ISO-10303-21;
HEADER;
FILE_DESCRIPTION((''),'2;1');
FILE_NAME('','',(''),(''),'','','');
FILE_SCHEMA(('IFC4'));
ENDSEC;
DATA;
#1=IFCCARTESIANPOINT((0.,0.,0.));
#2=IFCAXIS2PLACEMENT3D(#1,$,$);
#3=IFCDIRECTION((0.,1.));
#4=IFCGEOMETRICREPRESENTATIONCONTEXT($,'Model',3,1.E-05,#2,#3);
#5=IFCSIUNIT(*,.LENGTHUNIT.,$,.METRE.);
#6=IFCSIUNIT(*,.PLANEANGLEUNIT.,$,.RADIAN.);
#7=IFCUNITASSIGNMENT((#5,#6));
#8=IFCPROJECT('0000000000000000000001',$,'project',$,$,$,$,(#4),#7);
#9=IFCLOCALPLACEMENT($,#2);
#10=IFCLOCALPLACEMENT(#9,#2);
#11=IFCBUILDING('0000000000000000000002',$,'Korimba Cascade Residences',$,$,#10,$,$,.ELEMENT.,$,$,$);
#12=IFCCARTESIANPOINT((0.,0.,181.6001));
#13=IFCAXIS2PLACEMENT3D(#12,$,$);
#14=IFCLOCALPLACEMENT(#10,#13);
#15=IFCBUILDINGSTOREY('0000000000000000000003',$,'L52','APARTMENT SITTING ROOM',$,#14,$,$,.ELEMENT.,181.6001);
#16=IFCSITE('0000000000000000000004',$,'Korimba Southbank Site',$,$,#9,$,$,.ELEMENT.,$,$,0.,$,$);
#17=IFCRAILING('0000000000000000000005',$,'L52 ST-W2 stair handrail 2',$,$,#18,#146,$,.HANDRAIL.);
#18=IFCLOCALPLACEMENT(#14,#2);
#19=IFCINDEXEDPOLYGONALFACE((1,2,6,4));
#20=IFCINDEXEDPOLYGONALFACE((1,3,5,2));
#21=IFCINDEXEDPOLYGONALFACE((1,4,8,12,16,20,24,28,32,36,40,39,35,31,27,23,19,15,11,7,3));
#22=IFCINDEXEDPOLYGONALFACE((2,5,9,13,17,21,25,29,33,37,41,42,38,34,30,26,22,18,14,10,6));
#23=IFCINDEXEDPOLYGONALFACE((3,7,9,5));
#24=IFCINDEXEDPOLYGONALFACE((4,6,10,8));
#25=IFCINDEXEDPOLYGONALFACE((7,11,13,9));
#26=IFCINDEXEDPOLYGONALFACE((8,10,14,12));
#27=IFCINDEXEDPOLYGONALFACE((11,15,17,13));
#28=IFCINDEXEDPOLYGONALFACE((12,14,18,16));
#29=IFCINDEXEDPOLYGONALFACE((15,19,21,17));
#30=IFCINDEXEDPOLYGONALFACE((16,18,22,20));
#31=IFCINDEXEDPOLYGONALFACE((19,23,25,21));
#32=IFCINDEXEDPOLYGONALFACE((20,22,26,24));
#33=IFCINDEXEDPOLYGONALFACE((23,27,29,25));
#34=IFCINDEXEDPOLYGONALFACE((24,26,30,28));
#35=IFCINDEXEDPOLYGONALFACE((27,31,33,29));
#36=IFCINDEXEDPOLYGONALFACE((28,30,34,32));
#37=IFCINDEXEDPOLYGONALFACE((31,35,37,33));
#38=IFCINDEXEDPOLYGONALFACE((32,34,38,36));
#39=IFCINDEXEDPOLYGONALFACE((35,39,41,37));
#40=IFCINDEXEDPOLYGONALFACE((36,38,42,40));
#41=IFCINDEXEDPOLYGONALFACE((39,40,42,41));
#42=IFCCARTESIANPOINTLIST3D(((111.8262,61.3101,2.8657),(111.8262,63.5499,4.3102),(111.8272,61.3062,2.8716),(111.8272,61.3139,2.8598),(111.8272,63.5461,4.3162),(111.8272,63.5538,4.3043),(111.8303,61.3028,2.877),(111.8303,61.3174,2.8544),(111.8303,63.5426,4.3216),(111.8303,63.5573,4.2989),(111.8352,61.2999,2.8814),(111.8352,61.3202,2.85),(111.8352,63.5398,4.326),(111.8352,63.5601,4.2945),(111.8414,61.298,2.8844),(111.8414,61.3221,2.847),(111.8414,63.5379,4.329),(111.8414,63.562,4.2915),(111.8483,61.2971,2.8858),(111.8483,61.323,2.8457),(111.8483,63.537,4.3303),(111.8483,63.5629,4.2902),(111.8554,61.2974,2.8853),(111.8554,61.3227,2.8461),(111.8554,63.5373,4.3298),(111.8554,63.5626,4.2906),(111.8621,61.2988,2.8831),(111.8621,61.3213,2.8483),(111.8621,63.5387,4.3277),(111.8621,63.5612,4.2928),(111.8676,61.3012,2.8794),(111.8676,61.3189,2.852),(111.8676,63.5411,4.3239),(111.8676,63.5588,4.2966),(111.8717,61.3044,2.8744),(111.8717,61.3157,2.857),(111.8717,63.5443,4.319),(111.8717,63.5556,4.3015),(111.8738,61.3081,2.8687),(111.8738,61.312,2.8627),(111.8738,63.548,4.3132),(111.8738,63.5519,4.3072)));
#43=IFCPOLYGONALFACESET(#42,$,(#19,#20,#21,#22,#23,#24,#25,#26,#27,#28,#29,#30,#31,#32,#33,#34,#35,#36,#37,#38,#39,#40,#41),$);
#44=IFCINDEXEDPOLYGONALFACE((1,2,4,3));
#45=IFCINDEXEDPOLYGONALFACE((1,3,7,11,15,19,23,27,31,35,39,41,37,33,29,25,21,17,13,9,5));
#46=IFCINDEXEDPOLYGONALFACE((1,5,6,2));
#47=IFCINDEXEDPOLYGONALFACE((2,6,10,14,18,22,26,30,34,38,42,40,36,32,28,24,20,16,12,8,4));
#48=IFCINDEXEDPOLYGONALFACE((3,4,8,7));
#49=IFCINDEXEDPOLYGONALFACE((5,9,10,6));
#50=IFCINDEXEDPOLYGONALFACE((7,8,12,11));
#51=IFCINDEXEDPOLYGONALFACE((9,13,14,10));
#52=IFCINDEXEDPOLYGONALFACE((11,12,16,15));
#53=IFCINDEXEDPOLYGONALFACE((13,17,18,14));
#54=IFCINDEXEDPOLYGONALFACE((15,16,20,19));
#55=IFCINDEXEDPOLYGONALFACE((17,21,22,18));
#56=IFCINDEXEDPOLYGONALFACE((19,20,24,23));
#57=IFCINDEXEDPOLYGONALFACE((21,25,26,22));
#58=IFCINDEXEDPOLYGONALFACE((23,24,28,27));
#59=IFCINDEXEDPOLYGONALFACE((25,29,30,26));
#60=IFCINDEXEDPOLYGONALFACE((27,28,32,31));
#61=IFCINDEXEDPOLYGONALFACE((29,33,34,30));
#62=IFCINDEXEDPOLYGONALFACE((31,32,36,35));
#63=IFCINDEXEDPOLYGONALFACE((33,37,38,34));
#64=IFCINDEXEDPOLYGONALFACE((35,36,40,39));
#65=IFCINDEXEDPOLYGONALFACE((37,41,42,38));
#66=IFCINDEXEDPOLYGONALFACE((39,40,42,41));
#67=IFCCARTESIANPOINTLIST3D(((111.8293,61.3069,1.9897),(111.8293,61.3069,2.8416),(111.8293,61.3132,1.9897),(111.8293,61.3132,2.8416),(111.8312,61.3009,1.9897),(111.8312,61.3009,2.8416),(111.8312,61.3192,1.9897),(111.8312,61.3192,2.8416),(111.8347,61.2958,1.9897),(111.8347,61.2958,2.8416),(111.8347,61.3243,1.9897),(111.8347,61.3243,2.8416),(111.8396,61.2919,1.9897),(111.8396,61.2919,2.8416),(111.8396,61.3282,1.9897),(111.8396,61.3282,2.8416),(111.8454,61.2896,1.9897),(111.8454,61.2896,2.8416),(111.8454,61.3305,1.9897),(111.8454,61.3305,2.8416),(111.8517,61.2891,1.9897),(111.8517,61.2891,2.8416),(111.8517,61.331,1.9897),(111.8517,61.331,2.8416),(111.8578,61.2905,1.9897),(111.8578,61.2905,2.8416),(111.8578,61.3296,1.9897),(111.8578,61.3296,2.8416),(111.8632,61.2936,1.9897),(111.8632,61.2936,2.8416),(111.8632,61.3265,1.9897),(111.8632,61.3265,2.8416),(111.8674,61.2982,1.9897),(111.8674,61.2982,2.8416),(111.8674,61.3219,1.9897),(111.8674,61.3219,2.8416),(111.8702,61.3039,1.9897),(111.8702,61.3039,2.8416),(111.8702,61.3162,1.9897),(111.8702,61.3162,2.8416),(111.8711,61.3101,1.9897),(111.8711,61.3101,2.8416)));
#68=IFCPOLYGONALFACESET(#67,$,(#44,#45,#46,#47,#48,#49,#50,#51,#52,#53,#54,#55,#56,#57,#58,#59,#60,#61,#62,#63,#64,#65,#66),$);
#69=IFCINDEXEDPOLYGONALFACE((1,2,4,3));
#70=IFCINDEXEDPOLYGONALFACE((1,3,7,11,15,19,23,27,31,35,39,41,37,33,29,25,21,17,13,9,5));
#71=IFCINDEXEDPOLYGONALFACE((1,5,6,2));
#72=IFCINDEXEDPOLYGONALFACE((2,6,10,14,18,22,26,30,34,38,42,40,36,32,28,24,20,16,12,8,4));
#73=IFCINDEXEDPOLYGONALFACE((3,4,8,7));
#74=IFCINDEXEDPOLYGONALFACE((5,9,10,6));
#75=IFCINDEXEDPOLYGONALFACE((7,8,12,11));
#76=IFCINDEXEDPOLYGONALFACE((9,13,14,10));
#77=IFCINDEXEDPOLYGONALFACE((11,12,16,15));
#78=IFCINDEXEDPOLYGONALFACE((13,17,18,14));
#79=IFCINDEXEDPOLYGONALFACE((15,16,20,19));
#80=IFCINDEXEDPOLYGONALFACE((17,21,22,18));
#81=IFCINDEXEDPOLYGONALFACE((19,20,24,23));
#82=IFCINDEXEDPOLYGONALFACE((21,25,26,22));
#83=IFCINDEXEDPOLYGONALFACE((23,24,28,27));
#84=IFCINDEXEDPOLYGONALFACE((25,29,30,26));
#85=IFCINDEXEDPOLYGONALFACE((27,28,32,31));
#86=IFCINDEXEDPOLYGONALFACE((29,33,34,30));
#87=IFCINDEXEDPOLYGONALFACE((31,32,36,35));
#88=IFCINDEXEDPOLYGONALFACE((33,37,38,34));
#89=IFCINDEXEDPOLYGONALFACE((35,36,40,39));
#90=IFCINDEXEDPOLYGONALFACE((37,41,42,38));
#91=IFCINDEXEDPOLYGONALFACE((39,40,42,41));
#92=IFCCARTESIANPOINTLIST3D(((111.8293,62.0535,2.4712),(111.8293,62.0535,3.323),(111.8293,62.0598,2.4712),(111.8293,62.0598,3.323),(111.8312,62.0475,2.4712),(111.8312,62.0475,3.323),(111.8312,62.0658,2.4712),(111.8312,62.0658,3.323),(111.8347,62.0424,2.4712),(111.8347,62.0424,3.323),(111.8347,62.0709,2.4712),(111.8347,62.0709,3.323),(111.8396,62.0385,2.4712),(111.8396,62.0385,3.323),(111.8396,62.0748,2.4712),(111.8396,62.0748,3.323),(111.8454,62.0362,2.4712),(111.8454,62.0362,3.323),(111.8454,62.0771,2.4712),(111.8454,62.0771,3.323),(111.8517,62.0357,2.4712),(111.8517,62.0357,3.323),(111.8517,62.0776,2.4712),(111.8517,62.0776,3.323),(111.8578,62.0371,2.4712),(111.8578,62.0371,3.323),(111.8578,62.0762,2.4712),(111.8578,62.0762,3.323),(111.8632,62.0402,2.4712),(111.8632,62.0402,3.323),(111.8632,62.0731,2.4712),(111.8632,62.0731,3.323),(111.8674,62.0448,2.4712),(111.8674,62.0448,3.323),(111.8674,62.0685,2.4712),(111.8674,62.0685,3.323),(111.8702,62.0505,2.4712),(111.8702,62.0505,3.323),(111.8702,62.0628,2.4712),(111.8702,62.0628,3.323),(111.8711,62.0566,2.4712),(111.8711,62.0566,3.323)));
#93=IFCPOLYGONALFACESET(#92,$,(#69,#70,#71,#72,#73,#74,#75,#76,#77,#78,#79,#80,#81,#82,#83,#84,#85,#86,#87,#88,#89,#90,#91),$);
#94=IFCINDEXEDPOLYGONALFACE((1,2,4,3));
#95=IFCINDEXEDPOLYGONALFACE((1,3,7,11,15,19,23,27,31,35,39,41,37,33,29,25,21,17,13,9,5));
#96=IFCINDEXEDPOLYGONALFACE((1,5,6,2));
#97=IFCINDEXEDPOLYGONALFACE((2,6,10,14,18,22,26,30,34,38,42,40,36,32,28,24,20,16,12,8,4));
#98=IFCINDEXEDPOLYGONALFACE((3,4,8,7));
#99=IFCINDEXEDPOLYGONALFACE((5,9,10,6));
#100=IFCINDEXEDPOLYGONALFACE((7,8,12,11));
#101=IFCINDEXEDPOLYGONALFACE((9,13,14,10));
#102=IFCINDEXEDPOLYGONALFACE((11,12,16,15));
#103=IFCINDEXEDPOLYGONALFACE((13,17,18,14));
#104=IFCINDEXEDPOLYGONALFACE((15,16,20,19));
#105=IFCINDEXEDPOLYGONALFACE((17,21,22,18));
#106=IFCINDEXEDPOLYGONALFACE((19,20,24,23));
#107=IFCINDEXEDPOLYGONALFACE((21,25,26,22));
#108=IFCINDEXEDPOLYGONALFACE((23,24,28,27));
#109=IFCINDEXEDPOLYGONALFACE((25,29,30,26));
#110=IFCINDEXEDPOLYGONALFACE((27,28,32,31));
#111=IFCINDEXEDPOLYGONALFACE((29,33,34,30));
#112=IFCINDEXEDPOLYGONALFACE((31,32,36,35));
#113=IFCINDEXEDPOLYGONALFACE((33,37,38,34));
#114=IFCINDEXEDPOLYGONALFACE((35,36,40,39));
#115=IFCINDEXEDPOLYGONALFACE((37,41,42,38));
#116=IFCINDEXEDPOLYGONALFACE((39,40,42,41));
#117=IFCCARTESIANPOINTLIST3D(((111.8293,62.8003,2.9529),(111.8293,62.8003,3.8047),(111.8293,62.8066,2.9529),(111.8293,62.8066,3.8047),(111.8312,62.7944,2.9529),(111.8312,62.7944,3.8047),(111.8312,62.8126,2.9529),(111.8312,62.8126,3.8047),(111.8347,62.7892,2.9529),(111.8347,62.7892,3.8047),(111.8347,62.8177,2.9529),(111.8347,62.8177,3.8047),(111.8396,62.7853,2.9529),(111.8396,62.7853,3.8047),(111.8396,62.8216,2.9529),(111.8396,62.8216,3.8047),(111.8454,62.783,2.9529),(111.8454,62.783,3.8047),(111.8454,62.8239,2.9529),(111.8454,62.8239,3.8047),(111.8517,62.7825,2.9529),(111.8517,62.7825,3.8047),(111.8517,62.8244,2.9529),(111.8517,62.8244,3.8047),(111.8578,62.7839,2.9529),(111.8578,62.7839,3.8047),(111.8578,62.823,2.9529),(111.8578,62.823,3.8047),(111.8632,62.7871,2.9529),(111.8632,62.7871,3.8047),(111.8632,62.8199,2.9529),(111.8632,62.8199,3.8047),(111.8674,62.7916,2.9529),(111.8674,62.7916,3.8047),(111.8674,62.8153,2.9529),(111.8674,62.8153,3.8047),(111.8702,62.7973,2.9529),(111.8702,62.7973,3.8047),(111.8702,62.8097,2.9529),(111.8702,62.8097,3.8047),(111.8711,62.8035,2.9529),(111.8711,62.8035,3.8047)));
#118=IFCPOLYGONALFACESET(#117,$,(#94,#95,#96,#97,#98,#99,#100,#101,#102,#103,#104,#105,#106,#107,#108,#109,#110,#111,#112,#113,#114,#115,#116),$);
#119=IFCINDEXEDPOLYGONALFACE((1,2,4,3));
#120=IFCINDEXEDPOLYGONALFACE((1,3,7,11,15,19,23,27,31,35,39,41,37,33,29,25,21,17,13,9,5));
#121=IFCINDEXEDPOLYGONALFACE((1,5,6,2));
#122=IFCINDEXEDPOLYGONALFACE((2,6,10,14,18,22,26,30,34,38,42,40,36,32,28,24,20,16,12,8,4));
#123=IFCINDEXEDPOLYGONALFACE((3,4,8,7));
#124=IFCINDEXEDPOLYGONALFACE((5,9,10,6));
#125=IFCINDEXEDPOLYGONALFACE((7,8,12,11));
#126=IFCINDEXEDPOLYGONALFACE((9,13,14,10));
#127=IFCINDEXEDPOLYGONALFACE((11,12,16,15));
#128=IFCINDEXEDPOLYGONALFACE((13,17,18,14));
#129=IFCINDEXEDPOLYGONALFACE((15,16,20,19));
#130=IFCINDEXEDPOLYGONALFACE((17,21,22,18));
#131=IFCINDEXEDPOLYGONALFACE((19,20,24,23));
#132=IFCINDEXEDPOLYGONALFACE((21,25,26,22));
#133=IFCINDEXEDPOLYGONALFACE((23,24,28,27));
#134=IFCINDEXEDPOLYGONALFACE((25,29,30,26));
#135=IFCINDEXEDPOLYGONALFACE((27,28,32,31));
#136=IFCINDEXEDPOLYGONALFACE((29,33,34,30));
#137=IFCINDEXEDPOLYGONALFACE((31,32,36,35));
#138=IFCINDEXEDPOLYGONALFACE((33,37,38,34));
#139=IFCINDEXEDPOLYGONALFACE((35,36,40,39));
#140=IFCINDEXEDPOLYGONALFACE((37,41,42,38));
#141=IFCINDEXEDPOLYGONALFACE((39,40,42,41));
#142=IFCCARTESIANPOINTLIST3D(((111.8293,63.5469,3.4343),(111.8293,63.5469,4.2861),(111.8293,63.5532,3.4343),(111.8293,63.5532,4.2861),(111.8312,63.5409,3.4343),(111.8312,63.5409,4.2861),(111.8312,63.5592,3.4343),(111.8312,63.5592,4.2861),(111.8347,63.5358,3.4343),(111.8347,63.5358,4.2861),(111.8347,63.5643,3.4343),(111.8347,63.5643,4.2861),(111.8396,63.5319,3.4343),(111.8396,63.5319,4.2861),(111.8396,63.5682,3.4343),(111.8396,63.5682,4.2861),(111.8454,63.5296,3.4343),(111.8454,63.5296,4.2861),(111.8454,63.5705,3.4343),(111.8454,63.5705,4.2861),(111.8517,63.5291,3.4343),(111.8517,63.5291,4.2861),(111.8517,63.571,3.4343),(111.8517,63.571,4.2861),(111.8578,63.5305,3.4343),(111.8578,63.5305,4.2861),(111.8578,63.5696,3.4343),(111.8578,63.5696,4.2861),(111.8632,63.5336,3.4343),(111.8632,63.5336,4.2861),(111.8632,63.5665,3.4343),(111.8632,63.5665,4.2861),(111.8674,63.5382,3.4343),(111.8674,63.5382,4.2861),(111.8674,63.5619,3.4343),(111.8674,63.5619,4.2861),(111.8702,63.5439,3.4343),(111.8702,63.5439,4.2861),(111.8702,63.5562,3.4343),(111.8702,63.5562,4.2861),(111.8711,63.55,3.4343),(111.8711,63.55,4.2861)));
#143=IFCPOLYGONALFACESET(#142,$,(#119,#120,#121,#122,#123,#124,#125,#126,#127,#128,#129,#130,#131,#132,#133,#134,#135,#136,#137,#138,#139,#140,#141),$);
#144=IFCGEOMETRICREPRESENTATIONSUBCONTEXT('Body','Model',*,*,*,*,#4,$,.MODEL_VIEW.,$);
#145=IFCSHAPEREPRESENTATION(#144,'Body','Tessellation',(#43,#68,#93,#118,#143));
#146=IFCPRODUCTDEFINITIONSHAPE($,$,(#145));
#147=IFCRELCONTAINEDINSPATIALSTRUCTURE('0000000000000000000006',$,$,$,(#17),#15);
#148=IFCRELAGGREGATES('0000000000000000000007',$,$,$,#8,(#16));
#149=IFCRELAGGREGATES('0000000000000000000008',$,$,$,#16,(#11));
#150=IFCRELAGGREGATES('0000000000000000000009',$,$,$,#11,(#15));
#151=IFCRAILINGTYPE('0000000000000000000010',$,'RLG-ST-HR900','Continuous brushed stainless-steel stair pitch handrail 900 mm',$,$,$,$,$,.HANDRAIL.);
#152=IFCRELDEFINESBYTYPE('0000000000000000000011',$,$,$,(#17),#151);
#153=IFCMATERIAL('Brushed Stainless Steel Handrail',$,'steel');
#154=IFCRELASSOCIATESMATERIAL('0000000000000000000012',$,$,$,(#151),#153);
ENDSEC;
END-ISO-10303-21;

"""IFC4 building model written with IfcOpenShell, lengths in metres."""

from ifc_helpers import new_model, si_unit, direction, frame, origin, origin_2d, place, context, subcontext, project, spatial, circle, extrude, material, type_object, element, save


model = new_model("IFC4")

# Units and contexts
model_context = context("Model", 3, precision=1e-05, world=origin(), true_north=direction((0.0, 1.0)))
body_context = subcontext(model_context, "Body", "Model", "MODEL_VIEW")
ifc_project = project(units=[si_unit("LENGTHUNIT", "METRE"), si_unit("PLANEANGLEUNIT", "RADIAN")], contexts=[model_context])

# Site, building, storey
site_placement = place(None, origin())
site = spatial("IfcSite", under=ifc_project, at=site_placement, Name="Korimba Southbank Site", CompositionType="ELEMENT", RefElevation=0.0)
building_placement = place(site_placement, origin())
building = spatial("IfcBuilding", under=site, at=building_placement, Name="Korimba Cascade Residences", CompositionType="ELEMENT")
storey_placement = place(building_placement, frame((0.0, 0.0, 181.6001)))
storey = spatial("IfcBuildingStorey", under=building, at=storey_placement, Name="L52", Description="APARTMENT SITTING ROOM", CompositionType="ELEMENT", Elevation=181.6001)

# Railing
ifc_material_1 = material(Name="Brushed Stainless Steel Handrail", Category="steel")
railing_type_1 = type_object("IfcRailingType", Name="RLG-ST-HR900", Description="Continuous brushed stainless-steel stair pitch handrail 900 mm", PredefinedType="HANDRAIL", material=ifc_material_1)
railing_1_placement = place(storey_placement, frame((111.8501, 61.3101, 1.9897)))
element("IfcRailing", 1, at=railing_1_placement, inside=storey, type_object=railing_type_1, Name="L52 ST-W2 stair handrail 2", PredefinedType="HANDRAIL", context=body_context, shape_type="SweptSolid", body=[
    extrude(circle(Radius=0.0239, at=origin_2d()), frame((0.0, 0.0, 0.876), z_axis=(0.0, 0.840395, 0.541975), x_axis=(-1.0, 0.0, 0.0)), (0.0, 0.0, 1.0), 2.6653),
    extrude(circle(Radius=0.021, at=origin_2d()), origin(), (0.0, 0.0, 1.0), 0.8518),
    extrude(circle(Radius=0.021, at=origin_2d()), frame((0.0, 0.7466, 0.4814)), (0.0, 0.0, 1.0), 0.8518),
    extrude(circle(Radius=0.021, at=origin_2d()), frame((0.0, 1.4934, 0.9631)), (0.0, 0.0, 1.0), 0.8518),
    extrude(circle(Radius=0.021, at=origin_2d()), frame((0.0, 2.24, 1.4446)), (0.0, 0.0, 1.0), 0.8518),
])

save(model, "model.ifc")
